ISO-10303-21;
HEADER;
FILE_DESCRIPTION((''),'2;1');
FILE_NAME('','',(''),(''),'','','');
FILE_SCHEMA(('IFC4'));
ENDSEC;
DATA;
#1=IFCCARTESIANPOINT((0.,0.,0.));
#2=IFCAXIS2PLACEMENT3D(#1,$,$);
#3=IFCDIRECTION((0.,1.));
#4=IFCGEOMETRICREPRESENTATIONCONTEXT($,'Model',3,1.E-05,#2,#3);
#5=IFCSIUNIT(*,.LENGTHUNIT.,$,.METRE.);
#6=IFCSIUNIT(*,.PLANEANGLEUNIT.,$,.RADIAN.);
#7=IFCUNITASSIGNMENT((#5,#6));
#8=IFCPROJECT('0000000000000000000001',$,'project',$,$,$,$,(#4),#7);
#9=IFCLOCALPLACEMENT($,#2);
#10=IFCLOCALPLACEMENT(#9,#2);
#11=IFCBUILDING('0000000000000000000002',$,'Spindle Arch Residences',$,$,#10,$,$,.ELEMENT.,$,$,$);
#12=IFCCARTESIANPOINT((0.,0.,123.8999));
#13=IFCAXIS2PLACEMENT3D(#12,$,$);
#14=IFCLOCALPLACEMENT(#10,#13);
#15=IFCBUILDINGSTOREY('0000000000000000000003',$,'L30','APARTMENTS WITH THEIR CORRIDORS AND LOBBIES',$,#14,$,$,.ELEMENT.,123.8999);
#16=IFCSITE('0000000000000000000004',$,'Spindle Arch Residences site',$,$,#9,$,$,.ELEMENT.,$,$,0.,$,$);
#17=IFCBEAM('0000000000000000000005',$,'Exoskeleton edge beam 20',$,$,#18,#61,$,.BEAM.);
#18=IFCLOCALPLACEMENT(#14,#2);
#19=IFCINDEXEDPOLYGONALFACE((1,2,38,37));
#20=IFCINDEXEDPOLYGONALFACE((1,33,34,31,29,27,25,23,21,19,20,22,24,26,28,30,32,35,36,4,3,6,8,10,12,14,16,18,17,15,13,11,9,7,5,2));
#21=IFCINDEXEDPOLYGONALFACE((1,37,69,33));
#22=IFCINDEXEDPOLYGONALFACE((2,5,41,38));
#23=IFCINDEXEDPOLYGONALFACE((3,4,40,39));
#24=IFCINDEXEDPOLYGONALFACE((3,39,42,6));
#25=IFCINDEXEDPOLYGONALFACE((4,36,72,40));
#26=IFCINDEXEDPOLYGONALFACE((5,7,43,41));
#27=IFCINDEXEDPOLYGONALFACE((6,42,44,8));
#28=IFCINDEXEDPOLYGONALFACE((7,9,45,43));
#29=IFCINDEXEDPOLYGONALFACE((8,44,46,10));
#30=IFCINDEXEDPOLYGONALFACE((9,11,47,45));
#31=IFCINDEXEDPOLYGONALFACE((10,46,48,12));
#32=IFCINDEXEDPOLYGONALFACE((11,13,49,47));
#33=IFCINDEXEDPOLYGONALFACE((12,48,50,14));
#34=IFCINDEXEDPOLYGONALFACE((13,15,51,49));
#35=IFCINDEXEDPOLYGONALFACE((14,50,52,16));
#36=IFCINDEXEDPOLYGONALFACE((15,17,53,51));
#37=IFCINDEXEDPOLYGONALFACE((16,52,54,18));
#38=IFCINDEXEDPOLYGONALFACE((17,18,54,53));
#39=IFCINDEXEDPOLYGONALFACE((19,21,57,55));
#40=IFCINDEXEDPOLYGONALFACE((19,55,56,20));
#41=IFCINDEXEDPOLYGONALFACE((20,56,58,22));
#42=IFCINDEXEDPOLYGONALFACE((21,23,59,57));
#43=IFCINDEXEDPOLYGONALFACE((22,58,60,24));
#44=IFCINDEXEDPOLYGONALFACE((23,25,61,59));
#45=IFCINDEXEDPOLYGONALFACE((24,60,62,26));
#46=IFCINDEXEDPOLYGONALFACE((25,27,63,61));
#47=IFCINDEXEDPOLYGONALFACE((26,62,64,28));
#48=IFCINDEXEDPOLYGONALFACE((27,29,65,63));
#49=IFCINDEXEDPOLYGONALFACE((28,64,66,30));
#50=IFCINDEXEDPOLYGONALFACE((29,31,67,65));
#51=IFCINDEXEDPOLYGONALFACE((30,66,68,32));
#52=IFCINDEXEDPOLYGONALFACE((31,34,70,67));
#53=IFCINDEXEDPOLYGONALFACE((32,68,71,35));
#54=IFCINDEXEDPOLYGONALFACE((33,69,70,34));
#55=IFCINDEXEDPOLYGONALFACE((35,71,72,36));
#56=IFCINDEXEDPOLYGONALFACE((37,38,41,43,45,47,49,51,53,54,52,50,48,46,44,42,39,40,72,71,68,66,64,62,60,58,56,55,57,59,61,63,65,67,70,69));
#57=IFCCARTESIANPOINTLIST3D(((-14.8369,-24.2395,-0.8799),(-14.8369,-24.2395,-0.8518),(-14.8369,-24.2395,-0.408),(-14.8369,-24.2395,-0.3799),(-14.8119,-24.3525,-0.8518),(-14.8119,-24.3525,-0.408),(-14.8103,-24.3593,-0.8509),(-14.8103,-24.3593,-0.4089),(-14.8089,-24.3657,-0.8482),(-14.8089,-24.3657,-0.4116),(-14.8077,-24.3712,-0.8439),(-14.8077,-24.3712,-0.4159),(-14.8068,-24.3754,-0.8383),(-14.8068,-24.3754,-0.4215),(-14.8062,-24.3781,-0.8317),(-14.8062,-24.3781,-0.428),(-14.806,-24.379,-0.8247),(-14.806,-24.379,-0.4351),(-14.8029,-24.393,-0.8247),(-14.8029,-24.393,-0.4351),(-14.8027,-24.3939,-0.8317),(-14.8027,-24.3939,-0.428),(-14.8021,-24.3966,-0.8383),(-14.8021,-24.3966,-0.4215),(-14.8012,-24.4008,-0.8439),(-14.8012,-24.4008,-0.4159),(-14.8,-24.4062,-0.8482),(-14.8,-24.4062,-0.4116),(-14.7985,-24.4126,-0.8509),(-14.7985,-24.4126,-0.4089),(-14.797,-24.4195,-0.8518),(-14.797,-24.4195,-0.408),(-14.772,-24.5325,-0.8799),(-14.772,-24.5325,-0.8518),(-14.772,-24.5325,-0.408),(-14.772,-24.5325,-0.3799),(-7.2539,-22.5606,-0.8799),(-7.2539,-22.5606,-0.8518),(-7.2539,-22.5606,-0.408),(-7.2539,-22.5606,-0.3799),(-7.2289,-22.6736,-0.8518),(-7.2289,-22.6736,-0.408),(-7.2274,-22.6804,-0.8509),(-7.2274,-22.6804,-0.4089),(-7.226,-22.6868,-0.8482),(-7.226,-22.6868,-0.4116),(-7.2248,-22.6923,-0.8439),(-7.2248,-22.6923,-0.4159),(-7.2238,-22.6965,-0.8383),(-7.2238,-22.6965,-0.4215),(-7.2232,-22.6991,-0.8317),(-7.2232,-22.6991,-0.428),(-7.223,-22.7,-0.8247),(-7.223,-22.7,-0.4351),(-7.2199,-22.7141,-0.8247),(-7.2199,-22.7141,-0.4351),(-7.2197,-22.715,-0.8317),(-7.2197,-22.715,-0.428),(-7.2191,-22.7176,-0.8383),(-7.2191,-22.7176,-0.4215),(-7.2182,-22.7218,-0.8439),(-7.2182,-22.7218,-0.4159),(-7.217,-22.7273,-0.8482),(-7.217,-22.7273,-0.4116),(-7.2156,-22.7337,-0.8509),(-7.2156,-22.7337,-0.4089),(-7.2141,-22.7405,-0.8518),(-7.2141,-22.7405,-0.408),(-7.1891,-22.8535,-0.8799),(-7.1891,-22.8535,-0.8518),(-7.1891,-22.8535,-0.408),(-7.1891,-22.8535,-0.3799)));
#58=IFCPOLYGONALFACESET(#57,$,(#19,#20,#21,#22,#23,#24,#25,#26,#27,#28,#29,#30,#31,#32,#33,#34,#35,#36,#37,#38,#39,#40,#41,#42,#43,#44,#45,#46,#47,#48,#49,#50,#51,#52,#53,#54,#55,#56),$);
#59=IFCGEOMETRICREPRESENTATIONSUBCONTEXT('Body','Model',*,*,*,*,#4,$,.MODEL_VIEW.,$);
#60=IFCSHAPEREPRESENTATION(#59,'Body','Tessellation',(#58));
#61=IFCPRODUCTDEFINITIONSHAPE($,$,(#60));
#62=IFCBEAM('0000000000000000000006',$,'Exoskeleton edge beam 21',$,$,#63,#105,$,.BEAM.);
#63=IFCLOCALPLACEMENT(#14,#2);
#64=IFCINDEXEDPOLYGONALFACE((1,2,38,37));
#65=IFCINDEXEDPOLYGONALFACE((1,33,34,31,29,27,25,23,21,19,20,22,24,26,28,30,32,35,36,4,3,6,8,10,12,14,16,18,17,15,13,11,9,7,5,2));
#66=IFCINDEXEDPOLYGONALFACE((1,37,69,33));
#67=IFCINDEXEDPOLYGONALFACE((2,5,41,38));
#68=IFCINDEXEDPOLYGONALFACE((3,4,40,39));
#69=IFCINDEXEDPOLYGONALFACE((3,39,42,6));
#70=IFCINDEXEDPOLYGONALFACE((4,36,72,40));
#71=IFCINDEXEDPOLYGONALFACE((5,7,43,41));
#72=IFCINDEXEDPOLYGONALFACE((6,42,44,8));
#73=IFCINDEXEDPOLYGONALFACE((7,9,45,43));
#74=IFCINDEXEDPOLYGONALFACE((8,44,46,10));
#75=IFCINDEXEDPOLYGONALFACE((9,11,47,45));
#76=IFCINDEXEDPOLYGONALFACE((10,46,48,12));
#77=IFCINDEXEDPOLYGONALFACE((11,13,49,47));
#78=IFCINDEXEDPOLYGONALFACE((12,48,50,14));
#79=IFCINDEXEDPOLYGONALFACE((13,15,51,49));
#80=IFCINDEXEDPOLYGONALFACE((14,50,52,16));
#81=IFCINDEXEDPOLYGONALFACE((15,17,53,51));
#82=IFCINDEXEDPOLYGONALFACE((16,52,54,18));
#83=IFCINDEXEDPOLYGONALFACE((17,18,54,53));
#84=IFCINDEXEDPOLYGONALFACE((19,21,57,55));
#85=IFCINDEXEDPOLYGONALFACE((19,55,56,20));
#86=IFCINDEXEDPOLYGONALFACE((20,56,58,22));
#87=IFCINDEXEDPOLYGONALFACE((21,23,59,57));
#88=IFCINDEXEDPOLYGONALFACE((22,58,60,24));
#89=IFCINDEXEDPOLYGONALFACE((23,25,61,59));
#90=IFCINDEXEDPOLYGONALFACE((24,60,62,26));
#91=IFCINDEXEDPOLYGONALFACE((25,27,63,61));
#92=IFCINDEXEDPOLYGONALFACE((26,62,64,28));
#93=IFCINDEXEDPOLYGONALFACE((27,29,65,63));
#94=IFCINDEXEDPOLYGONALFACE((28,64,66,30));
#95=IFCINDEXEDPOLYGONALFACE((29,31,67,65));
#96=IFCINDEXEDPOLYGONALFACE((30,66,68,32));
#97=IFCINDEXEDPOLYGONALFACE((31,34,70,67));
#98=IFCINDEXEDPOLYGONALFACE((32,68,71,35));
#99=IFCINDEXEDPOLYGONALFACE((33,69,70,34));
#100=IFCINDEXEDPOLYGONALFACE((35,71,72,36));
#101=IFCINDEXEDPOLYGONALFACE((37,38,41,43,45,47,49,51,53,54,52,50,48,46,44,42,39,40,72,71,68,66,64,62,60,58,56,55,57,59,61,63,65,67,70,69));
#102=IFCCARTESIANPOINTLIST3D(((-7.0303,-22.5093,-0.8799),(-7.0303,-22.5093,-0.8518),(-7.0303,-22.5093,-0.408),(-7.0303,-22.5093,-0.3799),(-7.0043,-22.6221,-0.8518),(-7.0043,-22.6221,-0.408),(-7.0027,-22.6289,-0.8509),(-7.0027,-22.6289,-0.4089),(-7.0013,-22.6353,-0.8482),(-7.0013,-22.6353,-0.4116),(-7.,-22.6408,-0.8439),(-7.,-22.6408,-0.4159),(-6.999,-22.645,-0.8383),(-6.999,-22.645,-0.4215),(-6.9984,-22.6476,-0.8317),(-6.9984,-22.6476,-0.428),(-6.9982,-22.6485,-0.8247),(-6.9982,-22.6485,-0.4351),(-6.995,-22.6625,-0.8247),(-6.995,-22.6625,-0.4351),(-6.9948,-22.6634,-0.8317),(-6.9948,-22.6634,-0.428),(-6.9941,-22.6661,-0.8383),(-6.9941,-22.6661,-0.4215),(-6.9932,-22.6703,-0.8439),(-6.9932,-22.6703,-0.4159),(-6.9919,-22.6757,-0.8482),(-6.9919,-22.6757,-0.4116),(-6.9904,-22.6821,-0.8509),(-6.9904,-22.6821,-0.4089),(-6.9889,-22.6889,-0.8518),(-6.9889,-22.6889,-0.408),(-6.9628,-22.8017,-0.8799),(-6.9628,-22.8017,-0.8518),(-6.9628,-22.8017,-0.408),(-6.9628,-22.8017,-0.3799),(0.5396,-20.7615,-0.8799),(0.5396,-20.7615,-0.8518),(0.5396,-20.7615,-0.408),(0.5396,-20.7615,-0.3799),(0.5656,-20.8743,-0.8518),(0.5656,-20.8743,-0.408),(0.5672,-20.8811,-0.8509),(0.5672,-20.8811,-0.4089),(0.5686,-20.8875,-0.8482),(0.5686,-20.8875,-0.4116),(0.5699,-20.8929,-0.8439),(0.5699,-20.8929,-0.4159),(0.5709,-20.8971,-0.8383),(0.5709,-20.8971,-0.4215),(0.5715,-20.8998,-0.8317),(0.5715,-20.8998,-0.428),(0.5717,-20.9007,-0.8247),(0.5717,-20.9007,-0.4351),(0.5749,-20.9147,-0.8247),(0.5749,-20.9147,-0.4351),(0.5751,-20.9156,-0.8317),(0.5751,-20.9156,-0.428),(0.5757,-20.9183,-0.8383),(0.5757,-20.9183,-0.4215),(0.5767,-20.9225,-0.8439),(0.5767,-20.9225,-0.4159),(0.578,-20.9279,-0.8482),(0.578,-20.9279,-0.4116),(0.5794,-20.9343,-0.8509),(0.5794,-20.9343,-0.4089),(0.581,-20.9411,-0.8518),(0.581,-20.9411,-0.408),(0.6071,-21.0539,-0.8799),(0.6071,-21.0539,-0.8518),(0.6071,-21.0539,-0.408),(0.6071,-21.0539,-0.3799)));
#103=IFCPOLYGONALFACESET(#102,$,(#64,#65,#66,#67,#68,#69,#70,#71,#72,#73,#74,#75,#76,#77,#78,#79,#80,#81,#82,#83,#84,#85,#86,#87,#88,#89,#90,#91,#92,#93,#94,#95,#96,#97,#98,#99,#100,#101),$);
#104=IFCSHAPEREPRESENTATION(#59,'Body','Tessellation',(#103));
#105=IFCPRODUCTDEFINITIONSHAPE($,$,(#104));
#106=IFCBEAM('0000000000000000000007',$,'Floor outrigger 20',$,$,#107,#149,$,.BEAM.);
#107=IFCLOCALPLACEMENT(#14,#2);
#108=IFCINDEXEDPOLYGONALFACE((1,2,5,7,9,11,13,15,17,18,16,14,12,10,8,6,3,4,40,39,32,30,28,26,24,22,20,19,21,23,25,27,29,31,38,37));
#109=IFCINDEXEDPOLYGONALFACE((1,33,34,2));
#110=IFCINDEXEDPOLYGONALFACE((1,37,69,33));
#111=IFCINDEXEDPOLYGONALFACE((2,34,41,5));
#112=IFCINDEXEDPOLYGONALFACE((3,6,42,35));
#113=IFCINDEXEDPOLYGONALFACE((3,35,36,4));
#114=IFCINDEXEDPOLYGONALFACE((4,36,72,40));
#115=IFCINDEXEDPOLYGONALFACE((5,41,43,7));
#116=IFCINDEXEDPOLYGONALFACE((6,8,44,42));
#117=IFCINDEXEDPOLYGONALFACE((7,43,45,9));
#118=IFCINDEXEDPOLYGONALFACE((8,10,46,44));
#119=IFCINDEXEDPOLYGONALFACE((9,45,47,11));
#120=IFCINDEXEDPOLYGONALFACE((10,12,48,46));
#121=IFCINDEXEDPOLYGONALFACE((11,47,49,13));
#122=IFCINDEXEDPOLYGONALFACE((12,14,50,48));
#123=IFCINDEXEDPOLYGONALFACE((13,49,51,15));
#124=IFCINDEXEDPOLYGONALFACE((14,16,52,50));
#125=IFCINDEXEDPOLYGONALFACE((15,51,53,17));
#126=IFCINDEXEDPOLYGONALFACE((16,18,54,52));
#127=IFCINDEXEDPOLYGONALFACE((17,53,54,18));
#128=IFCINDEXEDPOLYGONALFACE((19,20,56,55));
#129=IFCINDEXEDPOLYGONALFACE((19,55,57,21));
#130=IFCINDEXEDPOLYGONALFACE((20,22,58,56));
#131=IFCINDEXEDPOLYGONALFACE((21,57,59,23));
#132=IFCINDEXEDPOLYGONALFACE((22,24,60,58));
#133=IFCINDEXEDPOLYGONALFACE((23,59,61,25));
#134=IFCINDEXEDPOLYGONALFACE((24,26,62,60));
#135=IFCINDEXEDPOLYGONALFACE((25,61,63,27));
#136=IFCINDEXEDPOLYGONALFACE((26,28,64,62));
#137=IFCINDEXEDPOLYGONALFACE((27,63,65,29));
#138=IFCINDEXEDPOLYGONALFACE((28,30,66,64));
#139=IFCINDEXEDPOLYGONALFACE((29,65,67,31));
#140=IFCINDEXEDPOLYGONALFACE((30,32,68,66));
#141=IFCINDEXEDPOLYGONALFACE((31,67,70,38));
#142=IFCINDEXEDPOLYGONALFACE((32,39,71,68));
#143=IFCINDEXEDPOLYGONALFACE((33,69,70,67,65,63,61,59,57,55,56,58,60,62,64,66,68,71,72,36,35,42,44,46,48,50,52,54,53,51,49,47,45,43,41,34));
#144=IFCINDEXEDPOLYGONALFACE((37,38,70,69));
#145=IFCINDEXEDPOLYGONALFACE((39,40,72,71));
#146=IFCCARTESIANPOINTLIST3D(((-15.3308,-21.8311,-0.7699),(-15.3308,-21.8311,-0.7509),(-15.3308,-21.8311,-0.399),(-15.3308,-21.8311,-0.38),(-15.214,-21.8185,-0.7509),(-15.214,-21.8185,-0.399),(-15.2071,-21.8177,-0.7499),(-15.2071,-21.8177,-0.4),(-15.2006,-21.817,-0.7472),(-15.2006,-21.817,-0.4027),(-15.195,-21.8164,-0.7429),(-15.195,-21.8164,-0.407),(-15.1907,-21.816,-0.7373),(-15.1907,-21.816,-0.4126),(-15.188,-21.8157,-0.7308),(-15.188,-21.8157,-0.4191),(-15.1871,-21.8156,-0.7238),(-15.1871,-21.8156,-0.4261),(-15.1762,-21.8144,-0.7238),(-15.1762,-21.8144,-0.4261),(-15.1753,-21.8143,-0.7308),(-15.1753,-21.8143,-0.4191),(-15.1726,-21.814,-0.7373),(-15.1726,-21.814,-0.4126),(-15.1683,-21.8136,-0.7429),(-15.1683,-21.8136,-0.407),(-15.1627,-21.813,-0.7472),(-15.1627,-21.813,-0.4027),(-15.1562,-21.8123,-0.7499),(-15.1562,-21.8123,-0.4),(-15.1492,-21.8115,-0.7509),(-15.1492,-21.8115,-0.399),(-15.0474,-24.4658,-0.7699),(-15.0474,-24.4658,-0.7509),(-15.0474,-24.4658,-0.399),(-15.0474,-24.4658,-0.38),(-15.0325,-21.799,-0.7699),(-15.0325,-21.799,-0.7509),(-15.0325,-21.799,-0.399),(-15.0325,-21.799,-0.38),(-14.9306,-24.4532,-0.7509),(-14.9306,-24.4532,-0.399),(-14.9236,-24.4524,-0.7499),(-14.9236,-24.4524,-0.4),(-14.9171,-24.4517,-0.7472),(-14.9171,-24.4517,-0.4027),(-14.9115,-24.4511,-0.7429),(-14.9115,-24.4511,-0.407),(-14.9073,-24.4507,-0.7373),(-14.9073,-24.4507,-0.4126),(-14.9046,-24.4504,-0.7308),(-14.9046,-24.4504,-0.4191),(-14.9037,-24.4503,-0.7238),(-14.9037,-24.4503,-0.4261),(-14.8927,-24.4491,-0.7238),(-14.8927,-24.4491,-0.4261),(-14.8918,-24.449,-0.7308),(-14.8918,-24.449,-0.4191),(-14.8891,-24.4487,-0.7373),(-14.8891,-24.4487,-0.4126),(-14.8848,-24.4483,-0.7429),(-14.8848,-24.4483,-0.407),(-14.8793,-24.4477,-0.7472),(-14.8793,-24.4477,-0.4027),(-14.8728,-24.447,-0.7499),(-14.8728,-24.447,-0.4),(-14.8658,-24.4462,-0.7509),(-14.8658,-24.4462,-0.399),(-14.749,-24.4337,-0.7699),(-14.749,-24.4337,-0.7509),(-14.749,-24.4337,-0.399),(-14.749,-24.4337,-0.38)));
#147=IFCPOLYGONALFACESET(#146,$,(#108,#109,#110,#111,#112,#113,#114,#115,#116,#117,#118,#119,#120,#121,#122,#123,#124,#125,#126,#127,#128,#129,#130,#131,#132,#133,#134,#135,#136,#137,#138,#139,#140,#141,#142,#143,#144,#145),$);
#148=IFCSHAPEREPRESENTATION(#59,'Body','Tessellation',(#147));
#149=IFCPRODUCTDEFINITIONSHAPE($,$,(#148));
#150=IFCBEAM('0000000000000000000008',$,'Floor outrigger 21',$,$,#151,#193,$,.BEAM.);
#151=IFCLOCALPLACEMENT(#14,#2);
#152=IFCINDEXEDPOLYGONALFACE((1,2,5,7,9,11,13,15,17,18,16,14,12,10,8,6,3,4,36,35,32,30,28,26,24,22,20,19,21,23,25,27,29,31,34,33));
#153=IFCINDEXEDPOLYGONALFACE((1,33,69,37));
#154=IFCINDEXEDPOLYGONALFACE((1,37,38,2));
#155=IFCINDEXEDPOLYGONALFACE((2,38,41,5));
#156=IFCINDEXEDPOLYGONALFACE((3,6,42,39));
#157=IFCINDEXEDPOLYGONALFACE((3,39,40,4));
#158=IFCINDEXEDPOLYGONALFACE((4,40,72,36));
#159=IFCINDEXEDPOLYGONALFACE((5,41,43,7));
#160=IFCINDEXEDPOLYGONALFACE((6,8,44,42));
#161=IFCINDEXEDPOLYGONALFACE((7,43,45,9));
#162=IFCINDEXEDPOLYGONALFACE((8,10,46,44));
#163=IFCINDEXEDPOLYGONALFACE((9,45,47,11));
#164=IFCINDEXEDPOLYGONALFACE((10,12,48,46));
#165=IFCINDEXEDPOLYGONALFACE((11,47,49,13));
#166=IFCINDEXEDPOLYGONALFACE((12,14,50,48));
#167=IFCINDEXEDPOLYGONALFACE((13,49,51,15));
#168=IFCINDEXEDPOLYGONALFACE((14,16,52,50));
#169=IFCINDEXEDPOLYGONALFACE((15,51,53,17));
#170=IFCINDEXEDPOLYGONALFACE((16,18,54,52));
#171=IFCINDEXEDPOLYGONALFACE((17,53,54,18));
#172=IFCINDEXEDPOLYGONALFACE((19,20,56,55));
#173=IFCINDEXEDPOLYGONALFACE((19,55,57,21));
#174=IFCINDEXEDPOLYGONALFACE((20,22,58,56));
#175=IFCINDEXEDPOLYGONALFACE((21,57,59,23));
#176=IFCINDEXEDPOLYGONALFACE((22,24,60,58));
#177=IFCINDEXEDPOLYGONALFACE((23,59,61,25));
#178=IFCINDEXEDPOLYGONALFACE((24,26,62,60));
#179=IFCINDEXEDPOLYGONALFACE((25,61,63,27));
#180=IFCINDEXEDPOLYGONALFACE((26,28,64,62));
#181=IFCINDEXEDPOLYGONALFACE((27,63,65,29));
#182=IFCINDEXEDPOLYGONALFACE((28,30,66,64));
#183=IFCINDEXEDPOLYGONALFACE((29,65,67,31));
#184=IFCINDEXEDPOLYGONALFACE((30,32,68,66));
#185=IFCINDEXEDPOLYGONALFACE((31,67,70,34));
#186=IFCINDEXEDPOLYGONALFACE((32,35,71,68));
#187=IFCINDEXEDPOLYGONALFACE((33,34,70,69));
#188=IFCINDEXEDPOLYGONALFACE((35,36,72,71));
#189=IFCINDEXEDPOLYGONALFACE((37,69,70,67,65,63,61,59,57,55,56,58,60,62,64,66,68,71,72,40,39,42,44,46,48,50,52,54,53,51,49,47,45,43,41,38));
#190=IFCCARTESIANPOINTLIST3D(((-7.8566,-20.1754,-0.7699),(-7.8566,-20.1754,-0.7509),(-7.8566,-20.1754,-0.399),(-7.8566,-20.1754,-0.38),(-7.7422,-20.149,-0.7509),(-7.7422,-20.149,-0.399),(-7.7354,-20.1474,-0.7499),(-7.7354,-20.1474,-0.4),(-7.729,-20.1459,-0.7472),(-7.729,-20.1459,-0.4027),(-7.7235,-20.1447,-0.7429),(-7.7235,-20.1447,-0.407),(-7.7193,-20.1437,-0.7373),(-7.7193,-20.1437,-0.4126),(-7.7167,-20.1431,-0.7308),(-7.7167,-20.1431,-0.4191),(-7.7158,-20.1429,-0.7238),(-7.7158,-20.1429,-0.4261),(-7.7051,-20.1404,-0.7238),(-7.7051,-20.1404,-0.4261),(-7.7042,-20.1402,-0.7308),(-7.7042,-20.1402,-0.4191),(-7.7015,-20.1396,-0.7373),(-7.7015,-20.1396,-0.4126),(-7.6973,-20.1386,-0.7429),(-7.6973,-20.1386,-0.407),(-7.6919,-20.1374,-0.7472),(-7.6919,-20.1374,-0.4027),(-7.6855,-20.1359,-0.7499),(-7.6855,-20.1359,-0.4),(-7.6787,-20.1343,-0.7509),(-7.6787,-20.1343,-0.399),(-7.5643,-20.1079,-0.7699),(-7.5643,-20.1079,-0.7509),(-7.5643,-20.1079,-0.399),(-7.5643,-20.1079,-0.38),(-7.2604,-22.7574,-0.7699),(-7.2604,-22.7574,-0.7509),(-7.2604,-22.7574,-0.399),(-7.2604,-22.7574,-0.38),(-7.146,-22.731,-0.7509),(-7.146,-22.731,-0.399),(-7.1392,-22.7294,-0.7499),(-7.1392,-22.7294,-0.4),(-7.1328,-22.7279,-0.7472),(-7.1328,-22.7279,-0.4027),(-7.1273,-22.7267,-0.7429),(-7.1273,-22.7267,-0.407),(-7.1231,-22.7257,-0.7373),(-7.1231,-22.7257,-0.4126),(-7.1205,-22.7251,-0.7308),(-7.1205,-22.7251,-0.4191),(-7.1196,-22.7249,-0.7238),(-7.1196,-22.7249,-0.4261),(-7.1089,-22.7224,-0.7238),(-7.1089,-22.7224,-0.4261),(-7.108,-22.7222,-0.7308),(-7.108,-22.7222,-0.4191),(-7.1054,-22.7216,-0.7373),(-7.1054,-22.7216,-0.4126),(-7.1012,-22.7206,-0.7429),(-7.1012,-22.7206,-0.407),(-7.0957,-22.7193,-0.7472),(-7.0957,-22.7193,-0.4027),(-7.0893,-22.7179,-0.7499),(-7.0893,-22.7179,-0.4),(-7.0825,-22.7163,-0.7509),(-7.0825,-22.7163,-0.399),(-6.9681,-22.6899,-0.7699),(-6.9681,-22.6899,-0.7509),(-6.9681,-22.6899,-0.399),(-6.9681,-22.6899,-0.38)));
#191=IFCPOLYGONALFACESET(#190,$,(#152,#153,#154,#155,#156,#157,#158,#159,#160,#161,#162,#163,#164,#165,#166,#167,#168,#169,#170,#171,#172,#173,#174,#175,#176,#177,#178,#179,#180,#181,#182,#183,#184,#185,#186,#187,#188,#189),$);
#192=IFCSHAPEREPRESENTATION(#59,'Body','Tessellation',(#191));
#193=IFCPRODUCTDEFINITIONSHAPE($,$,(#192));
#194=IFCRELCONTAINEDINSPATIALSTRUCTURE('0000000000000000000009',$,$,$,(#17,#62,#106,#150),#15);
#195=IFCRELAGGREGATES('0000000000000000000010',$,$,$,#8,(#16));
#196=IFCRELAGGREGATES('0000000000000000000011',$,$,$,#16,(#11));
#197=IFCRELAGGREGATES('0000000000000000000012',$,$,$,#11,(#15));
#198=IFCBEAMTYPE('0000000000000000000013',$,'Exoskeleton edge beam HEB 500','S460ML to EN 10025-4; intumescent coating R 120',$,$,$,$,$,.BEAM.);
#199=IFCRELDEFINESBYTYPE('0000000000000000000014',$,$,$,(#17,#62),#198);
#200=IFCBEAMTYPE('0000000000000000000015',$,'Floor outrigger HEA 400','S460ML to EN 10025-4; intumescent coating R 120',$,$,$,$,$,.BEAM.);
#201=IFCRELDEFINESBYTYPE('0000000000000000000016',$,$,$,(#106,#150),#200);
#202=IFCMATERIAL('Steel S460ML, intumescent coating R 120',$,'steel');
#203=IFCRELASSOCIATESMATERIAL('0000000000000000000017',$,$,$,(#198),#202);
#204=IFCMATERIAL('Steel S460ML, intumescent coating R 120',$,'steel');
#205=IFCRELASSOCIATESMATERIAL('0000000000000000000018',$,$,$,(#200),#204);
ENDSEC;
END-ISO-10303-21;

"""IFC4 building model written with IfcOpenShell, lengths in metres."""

from ifc_helpers import new_model, si_unit, direction, frame, origin, origin_2d, place, context, subcontext, project, spatial, i_section, extrude, material, material_profile, profile_set, type_object, element, save


model = new_model("IFC4")

# Units and contexts
model_context = context("Model", 3, precision=1e-05, world=origin(), true_north=direction((0.0, 1.0)))
body_context = subcontext(model_context, "Body", "Model", "MODEL_VIEW")
ifc_project = project(units=[si_unit("LENGTHUNIT", "METRE"), si_unit("PLANEANGLEUNIT", "RADIAN")], contexts=[model_context])

# Site, building, storey
site_placement = place(None, origin())
site = spatial("IfcSite", under=ifc_project, at=site_placement, Name="Spindle Arch Residences site", CompositionType="ELEMENT", RefElevation=0.0)
building_placement = place(site_placement, origin())
building = spatial("IfcBuilding", under=site, at=building_placement, Name="Spindle Arch Residences", CompositionType="ELEMENT")
storey_placement = place(building_placement, frame((0.0, 0.0, 123.8999)))
storey = spatial("IfcBuildingStorey", under=building, at=storey_placement, Name="L30", Description="APARTMENTS WITH THEIR CORRIDORS AND LOBBIES", CompositionType="ELEMENT", Elevation=123.8999)

# Beams
ifc_material_1 = material(Name="Steel S460ML, intumescent coating R 120", Category="steel")
ifc_material_profile_1 = material_profile(ifc_material_1, i_section(OverallWidth=0.3, OverallDepth=0.5, WebThickness=0.0144, FlangeThickness=0.0281, FilletRadius=0.0271, at=origin_2d()), Name="HEB 500")
ifc_profile_set_1 = profile_set([ifc_material_profile_1], Name="Steel S460ML, intumescent coating R 120")
beam_type_1 = type_object("IfcBeamType", Name="Exoskeleton edge beam HEB 500", Description="S460ML to EN 10025-4; intumescent coating R 120", PredefinedType="BEAM", material=ifc_profile_set_1)
beam_1_placement = place(storey_placement, frame((-14.8044, -24.386, -0.6299), z_axis=(0.976355, 0.216175, 0.0), x_axis=(-0.216175, 0.976355, 0.0)))
element("IfcBeam", 1, at=beam_1_placement, inside=storey, type_object=beam_type_1, Name="Exoskeleton edge beam 20", PredefinedType="BEAM", context=body_context, shape_type="SweptSolid", body=[
    extrude(i_section(OverallWidth=0.3, OverallDepth=0.5, WebThickness=0.0144, FlangeThickness=0.0281, FilletRadius=0.0271, at=origin_2d()), origin(), (0.0, 0.0, 1.0), 7.7666),
])
beam_2_placement = place(storey_placement, frame((-6.9966, -22.6555, -0.6299), z_axis=(0.974365, 0.224972, 0.0), x_axis=(-0.224972, 0.974365, 0.0)))
element("IfcBeam", 2, at=beam_2_placement, inside=storey, type_object=beam_type_1, Name="Exoskeleton edge beam 21", PredefinedType="BEAM", context=body_context, shape_type="SweptSolid", body=[
    extrude(i_section(OverallWidth=0.3, OverallDepth=0.5, WebThickness=0.0144, FlangeThickness=0.0281, FilletRadius=0.0271, at=origin_2d()), origin(), (0.0, 0.0, 1.0), 7.769),
])
ifc_material_2 = material(Name="Steel S460ML, intumescent coating R 120", Category="steel")
ifc_material_profile_2 = material_profile(ifc_material_2, i_section(OverallWidth=0.3, OverallDepth=0.3899, WebThickness=0.011, FlangeThickness=0.019, FilletRadius=0.0271, at=origin_2d()), Name="HEA 400")
ifc_profile_set_2 = profile_set([ifc_material_profile_2], Name="Steel S460ML, intumescent coating R 120")
beam_type_2 = type_object("IfcBeamType", Name="Floor outrigger HEA 400", Description="S460ML to EN 10025-4; intumescent coating R 120", PredefinedType="BEAM", material=ifc_profile_set_2)
for number, where, z_axis, x_axis, name in (
    (3, (-14.8982, -24.4497, -0.575), (-0.106963, 0.994263, 0.0), (-0.994263, -0.106963, 0.0), "Floor outrigger 20"),
    (4, (-7.1143, -22.7236, -0.575), (-0.224981, 0.974363, 0.0), (-0.974363, -0.224981, 0.0), "Floor outrigger 21"),
):
    element("IfcBeam", number, at=place(storey_placement, frame(where, z_axis=z_axis, x_axis=x_axis)), inside=storey, type_object=beam_type_2, Name=name, PredefinedType="BEAM", context=body_context, shape_type="SweptSolid", body=[
        extrude(i_section(OverallWidth=0.3, OverallDepth=0.3899, WebThickness=0.011, FlangeThickness=0.019, FilletRadius=0.0271, at=origin_2d()), origin(), (0.0, 0.0, 1.0), 2.6499),
    ])

save(model, "model.ifc")
